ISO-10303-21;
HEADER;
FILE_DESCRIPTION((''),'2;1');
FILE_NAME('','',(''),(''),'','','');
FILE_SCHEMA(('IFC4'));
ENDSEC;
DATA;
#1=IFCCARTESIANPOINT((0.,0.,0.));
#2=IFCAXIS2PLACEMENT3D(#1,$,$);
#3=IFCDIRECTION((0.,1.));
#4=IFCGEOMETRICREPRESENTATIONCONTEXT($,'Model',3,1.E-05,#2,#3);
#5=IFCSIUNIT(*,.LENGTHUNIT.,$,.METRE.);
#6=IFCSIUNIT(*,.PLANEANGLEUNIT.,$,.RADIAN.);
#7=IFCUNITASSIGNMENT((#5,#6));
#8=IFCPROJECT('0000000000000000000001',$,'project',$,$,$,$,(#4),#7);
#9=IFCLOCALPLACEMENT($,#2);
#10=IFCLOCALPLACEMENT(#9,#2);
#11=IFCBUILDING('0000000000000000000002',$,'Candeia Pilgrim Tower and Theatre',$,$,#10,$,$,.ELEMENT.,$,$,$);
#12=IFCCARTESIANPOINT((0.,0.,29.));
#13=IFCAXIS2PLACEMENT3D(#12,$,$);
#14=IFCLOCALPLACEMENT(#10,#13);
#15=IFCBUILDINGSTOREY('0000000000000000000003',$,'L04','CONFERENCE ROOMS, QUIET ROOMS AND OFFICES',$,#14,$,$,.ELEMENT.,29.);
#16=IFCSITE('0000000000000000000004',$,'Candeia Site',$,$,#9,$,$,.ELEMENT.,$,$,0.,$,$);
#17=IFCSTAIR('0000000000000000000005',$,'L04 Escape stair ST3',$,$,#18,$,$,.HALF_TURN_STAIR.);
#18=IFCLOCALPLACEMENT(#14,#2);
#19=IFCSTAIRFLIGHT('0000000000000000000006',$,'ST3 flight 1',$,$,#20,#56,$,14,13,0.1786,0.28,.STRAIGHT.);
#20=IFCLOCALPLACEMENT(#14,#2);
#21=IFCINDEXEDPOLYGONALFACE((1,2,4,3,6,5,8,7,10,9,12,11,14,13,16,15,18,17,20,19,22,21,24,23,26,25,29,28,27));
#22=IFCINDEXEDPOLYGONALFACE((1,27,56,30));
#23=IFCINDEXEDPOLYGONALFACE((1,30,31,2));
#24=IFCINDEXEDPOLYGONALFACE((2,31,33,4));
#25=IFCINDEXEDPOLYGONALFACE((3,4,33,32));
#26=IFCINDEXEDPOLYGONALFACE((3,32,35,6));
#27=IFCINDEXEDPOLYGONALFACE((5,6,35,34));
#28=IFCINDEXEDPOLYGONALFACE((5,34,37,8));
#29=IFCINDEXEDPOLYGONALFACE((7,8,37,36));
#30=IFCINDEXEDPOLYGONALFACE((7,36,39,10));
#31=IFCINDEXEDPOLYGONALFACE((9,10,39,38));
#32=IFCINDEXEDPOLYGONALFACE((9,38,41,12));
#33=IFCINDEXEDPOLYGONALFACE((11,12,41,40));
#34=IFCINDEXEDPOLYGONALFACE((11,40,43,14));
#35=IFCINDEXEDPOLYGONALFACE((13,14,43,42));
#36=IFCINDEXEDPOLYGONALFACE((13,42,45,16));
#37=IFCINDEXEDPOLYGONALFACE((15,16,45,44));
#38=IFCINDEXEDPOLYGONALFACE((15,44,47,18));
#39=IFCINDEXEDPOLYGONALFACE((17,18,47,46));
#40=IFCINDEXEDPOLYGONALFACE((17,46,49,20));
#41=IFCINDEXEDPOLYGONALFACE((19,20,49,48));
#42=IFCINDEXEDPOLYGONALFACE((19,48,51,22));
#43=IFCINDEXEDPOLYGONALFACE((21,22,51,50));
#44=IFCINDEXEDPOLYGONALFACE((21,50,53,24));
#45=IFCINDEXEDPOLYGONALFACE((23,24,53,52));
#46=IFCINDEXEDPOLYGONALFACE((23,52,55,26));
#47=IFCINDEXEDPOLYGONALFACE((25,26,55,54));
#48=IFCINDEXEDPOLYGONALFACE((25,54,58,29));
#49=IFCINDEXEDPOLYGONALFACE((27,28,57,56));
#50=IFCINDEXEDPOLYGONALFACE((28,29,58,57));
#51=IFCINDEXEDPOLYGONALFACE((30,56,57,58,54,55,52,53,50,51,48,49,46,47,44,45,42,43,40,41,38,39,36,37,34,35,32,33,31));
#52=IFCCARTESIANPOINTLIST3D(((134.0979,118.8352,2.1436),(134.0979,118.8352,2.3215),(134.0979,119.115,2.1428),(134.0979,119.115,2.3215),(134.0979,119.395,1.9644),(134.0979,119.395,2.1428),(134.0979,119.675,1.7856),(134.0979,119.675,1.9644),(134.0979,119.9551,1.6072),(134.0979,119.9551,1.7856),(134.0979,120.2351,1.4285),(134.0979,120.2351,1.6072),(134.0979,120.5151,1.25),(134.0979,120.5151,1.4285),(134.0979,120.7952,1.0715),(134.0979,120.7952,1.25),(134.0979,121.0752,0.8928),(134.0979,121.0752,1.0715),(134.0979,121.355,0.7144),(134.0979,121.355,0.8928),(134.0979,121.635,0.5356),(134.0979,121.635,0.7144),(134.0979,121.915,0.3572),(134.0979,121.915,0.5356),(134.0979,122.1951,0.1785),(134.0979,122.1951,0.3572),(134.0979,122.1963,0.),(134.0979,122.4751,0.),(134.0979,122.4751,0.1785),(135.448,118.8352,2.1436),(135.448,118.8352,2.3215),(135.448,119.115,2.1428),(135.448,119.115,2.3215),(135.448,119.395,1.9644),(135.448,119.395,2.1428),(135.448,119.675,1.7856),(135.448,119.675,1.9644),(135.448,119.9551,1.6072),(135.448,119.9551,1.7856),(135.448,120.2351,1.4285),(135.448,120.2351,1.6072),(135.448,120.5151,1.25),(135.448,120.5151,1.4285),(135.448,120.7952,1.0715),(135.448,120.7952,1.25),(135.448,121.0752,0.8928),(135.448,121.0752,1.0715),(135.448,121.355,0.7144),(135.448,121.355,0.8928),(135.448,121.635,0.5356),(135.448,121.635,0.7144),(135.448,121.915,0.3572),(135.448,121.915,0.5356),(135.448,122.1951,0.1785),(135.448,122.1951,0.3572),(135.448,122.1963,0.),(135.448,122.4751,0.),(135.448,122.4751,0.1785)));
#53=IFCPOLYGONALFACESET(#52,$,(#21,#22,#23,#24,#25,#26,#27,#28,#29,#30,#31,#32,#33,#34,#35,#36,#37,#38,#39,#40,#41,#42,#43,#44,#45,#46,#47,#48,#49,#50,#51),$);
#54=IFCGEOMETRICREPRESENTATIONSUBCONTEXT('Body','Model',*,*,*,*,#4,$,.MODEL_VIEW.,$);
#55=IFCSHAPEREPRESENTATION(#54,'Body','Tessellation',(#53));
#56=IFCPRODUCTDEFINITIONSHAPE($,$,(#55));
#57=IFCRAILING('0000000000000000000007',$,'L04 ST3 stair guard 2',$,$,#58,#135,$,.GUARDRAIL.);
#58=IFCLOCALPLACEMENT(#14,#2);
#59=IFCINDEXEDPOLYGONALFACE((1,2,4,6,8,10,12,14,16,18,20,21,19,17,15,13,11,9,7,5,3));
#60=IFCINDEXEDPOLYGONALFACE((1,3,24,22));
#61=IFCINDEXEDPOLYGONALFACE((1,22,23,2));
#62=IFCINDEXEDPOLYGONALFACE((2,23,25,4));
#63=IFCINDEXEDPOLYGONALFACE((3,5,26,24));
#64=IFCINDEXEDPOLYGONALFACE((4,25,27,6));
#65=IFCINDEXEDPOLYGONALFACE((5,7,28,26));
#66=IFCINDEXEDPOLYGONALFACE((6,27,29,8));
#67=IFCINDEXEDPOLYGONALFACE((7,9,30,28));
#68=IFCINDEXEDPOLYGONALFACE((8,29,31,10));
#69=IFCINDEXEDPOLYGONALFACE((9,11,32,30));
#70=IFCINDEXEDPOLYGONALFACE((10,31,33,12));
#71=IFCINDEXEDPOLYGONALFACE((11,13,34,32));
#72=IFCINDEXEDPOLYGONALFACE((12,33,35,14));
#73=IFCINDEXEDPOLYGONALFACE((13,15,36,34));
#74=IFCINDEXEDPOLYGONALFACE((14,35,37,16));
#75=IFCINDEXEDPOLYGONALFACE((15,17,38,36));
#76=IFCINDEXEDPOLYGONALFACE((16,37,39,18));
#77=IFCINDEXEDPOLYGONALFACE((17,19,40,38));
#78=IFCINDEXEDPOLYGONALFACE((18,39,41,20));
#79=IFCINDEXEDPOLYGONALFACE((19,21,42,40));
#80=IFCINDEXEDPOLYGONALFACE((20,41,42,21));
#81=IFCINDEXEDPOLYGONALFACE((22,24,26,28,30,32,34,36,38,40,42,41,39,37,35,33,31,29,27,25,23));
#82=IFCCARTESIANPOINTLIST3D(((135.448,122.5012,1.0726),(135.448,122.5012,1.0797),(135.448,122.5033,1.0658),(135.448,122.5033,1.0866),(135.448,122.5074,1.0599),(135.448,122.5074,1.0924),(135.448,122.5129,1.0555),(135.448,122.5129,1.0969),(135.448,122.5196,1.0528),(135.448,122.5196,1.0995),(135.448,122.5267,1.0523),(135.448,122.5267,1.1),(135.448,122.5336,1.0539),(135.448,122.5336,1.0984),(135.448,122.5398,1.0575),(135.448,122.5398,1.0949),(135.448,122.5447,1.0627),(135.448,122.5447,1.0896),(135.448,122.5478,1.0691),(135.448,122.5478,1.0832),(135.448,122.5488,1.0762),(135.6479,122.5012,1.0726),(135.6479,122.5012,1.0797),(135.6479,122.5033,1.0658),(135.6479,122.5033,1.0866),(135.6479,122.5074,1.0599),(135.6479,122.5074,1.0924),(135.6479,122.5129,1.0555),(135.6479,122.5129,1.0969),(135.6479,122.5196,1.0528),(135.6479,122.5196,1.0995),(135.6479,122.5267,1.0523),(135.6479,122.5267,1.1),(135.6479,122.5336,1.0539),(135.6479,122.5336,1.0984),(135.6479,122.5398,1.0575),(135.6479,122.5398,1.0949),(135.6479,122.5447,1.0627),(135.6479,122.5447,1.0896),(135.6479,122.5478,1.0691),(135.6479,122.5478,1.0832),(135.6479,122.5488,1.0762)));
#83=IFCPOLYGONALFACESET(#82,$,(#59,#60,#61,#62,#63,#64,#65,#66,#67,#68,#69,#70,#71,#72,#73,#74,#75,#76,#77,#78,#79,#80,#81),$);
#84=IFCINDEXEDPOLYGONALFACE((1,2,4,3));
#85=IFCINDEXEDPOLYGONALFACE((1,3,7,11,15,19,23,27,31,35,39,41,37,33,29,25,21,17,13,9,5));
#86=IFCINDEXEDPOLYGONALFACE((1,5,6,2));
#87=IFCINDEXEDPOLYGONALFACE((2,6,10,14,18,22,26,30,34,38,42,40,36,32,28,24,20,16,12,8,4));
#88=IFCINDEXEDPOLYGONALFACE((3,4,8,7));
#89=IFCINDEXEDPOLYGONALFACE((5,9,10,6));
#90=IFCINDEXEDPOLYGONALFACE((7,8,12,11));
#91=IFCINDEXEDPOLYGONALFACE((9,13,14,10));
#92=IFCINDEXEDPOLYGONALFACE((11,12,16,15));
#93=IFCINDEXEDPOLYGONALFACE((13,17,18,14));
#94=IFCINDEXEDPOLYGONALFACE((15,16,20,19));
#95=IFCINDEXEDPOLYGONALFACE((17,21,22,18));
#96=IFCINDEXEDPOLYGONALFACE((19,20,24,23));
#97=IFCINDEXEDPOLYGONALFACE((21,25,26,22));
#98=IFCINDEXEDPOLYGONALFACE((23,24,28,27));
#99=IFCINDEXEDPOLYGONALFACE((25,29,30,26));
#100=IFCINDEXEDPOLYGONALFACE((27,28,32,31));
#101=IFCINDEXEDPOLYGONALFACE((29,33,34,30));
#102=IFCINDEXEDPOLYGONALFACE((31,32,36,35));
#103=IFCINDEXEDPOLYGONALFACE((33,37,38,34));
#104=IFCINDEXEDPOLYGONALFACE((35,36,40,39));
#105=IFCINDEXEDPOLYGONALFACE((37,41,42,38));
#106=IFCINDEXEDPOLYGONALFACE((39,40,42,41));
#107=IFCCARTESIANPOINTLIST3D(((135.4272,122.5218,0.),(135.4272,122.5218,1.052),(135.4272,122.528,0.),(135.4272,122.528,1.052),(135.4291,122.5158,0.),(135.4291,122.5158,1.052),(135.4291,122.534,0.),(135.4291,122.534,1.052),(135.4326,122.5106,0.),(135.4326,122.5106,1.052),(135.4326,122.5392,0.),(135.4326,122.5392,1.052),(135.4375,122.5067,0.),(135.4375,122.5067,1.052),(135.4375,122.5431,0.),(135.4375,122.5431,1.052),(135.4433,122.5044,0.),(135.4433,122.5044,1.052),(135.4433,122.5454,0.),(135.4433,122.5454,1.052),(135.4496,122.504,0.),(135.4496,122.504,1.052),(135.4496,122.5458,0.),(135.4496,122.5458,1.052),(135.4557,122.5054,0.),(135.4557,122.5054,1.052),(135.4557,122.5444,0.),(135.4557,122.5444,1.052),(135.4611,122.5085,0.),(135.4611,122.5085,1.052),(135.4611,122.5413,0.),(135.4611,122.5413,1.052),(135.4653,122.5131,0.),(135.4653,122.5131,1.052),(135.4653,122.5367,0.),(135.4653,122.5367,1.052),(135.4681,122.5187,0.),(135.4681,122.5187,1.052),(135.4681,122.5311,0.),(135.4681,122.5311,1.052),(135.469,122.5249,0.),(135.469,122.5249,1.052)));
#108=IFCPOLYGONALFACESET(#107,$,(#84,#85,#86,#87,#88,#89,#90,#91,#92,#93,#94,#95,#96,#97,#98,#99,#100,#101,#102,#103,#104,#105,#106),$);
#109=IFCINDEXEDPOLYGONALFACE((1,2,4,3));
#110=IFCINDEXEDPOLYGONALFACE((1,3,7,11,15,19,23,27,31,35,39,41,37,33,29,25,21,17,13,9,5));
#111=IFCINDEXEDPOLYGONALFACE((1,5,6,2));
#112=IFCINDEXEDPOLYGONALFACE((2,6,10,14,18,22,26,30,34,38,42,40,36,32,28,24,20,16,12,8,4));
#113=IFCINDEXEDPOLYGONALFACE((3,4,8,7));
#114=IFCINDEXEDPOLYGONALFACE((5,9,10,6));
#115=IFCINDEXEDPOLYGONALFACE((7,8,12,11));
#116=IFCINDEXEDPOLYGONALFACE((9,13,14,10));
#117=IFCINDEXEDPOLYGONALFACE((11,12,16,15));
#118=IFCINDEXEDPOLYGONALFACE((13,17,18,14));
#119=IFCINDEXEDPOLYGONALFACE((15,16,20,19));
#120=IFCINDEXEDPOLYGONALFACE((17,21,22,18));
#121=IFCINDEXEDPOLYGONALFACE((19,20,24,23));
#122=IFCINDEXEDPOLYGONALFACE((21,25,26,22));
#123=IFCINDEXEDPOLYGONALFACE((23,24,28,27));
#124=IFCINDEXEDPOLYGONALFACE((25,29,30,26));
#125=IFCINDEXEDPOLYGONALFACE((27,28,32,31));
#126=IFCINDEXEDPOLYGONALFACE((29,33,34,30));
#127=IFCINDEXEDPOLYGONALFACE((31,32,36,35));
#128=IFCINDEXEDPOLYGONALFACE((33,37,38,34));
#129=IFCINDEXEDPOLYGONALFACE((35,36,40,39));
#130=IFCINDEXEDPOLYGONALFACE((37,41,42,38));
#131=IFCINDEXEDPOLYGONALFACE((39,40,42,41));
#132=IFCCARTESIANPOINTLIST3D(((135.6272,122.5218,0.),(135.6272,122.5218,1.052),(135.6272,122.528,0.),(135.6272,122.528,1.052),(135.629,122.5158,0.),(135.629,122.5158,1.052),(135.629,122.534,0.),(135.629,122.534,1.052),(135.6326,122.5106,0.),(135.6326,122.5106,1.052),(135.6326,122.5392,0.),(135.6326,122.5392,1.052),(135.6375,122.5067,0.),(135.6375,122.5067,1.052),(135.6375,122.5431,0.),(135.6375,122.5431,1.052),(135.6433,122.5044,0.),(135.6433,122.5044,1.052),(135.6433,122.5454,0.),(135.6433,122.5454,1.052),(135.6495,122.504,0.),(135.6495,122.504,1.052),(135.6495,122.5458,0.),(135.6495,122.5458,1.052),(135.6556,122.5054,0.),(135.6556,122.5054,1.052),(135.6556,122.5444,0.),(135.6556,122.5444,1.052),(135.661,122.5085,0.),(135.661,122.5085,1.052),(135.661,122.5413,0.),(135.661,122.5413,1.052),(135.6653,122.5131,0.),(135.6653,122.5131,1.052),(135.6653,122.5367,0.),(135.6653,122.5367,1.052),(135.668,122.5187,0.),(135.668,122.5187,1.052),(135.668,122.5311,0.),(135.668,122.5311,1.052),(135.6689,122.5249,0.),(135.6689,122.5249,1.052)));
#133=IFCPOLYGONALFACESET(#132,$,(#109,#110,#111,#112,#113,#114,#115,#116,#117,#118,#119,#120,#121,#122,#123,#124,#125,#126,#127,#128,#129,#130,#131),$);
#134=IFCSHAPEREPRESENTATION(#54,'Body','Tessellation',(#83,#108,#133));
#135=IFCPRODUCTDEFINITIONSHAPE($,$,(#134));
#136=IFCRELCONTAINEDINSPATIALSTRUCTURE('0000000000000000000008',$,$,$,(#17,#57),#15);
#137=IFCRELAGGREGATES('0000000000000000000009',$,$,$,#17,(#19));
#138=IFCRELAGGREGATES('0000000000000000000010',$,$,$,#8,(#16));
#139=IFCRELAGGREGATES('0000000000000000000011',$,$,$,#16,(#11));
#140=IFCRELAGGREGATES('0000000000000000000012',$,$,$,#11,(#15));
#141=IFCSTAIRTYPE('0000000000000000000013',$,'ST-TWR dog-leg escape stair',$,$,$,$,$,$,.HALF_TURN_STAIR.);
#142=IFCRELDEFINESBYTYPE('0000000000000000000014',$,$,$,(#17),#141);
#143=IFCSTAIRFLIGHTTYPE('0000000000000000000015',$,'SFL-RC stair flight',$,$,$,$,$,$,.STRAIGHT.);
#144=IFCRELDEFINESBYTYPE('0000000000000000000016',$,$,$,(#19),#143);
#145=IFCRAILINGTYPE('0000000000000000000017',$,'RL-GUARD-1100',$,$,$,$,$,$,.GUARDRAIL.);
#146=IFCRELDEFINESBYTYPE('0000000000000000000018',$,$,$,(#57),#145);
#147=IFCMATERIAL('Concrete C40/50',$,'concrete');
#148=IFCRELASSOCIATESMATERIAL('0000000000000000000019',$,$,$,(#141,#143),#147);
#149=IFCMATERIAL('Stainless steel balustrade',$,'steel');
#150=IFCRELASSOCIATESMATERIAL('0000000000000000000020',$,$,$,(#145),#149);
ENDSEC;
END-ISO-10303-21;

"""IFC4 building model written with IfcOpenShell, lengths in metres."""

from ifc_helpers import new_model, si_unit, direction, frame, origin, origin_2d, place, context, subcontext, project, spatial, polyline, circle, outline, extrude, material, type_object, element, aggregate, save


model = new_model("IFC4")

# Units and contexts
model_context = context("Model", 3, precision=1e-05, world=origin(), true_north=direction((0.0, 1.0)))
body_context = subcontext(model_context, "Body", "Model", "MODEL_VIEW")
ifc_project = project(units=[si_unit("LENGTHUNIT", "METRE"), si_unit("PLANEANGLEUNIT", "RADIAN")], contexts=[model_context])

# Site, building, storey
site_placement = place(None, origin())
site = spatial("IfcSite", under=ifc_project, at=site_placement, Name="Candeia Site", CompositionType="ELEMENT", RefElevation=0.0)
building_placement = place(site_placement, origin())
building = spatial("IfcBuilding", under=site, at=building_placement, Name="Candeia Pilgrim Tower and Theatre", CompositionType="ELEMENT")
storey_placement = place(building_placement, frame((0.0, 0.0, 29.0)))
storey = spatial("IfcBuildingStorey", under=building, at=storey_placement, Name="L04", Description="CONFERENCE ROOMS, QUIET ROOMS AND OFFICES", CompositionType="ELEMENT", Elevation=29.0)

# Shared definitions
ifc_material_1 = material(Name="Concrete C40/50", Category="concrete")

# Stair, stair flight
stair_type = type_object("IfcStairType", Name="ST-TWR dog-leg escape stair", PredefinedType="HALF_TURN_STAIR", material=ifc_material_1)
stair_placement = place(storey_placement, origin())
stair = element("IfcStair", 1, at=stair_placement, inside=storey, type_object=stair_type, Name="L04 Escape stair ST3", PredefinedType="HALF_TURN_STAIR")
stair_flight_type = type_object("IfcStairFlightType", Name="SFL-RC stair flight", PredefinedType="STRAIGHT", material=ifc_material_1)
stair_flight_placement = place(storey_placement, frame((134.7729, 122.4751, 0.0), z_axis=(0.0, 0.0, 1.0), x_axis=(0.0, -1.0, 0.0)))
stair_flight = element("IfcStairFlight", 2, at=stair_flight_placement, type_object=stair_flight_type, Name="ST3 flight 1", NumberOfRisers=14, NumberOfTreads=13, PredefinedType="STRAIGHT", RiserHeight=0.1786, TreadLength=0.28, context=body_context, shape_type="SweptSolid", body=[
    extrude(outline(polyline([(0.0, 0.0), (0.0, 0.1785), (0.28, 0.1785), (0.28, 0.3572), (0.5601, 0.3572), (0.5601, 0.5356), (0.8401, 0.5356), (0.8401, 0.7144), (1.1201, 0.7144), (1.1201, 0.8928), (1.3999, 0.8928), (1.3999, 1.0715), (1.6799, 1.0715), (1.6799, 1.25), (1.96, 1.25), (1.96, 1.4285), (2.24, 1.4285), (2.24, 1.6072), (2.52, 1.6072), (2.52, 1.7856), (2.8, 1.7856), (2.8, 1.9644), (3.0801, 1.9644), (3.0801, 2.1428), (3.3601, 2.1428), (3.3601, 2.3215), (3.6399, 2.3215), (3.6399, 2.5), (3.6399, 2.1436), (0.2788, 0.0), (0.0, 0.0)])), frame((0.0, 0.675, 0.0), z_axis=(0.0, -1.0, 0.0), x_axis=(1.0, 0.0, 0.0)), (0.0, 0.0, 1.0), 1.3501),
])
aggregate(stair, [stair_flight])

# Railing
ifc_material_2 = material(Name="Stainless steel balustrade", Category="steel")
railing_type_1 = type_object("IfcRailingType", Name="RL-GUARD-1100", PredefinedType="GUARDRAIL", material=ifc_material_2)
railing_1_placement = place(storey_placement, frame((135.448, 122.5249, 0.0)))
element("IfcRailing", 3, at=railing_1_placement, inside=storey, type_object=railing_type_1, Name="L04 ST3 stair guard 2", PredefinedType="GUARDRAIL", context=body_context, shape_type="SweptSolid", body=[
    extrude(circle(Radius=0.0239, at=origin_2d()), frame((0.0, 0.0, 1.0762), z_axis=(1.0, 0.0, 0.0), x_axis=(0.0, 1.0, 0.0)), (0.0, 0.0, 1.0), 0.2),
    extrude(circle(Radius=0.021, at=origin_2d()), origin(), (0.0, 0.0, 1.0), 1.052),
    extrude(circle(Radius=0.021, at=origin_2d()), frame((0.2, 0.0, 0.0)), (0.0, 0.0, 1.0), 1.052),
])

save(model, "model.ifc")
